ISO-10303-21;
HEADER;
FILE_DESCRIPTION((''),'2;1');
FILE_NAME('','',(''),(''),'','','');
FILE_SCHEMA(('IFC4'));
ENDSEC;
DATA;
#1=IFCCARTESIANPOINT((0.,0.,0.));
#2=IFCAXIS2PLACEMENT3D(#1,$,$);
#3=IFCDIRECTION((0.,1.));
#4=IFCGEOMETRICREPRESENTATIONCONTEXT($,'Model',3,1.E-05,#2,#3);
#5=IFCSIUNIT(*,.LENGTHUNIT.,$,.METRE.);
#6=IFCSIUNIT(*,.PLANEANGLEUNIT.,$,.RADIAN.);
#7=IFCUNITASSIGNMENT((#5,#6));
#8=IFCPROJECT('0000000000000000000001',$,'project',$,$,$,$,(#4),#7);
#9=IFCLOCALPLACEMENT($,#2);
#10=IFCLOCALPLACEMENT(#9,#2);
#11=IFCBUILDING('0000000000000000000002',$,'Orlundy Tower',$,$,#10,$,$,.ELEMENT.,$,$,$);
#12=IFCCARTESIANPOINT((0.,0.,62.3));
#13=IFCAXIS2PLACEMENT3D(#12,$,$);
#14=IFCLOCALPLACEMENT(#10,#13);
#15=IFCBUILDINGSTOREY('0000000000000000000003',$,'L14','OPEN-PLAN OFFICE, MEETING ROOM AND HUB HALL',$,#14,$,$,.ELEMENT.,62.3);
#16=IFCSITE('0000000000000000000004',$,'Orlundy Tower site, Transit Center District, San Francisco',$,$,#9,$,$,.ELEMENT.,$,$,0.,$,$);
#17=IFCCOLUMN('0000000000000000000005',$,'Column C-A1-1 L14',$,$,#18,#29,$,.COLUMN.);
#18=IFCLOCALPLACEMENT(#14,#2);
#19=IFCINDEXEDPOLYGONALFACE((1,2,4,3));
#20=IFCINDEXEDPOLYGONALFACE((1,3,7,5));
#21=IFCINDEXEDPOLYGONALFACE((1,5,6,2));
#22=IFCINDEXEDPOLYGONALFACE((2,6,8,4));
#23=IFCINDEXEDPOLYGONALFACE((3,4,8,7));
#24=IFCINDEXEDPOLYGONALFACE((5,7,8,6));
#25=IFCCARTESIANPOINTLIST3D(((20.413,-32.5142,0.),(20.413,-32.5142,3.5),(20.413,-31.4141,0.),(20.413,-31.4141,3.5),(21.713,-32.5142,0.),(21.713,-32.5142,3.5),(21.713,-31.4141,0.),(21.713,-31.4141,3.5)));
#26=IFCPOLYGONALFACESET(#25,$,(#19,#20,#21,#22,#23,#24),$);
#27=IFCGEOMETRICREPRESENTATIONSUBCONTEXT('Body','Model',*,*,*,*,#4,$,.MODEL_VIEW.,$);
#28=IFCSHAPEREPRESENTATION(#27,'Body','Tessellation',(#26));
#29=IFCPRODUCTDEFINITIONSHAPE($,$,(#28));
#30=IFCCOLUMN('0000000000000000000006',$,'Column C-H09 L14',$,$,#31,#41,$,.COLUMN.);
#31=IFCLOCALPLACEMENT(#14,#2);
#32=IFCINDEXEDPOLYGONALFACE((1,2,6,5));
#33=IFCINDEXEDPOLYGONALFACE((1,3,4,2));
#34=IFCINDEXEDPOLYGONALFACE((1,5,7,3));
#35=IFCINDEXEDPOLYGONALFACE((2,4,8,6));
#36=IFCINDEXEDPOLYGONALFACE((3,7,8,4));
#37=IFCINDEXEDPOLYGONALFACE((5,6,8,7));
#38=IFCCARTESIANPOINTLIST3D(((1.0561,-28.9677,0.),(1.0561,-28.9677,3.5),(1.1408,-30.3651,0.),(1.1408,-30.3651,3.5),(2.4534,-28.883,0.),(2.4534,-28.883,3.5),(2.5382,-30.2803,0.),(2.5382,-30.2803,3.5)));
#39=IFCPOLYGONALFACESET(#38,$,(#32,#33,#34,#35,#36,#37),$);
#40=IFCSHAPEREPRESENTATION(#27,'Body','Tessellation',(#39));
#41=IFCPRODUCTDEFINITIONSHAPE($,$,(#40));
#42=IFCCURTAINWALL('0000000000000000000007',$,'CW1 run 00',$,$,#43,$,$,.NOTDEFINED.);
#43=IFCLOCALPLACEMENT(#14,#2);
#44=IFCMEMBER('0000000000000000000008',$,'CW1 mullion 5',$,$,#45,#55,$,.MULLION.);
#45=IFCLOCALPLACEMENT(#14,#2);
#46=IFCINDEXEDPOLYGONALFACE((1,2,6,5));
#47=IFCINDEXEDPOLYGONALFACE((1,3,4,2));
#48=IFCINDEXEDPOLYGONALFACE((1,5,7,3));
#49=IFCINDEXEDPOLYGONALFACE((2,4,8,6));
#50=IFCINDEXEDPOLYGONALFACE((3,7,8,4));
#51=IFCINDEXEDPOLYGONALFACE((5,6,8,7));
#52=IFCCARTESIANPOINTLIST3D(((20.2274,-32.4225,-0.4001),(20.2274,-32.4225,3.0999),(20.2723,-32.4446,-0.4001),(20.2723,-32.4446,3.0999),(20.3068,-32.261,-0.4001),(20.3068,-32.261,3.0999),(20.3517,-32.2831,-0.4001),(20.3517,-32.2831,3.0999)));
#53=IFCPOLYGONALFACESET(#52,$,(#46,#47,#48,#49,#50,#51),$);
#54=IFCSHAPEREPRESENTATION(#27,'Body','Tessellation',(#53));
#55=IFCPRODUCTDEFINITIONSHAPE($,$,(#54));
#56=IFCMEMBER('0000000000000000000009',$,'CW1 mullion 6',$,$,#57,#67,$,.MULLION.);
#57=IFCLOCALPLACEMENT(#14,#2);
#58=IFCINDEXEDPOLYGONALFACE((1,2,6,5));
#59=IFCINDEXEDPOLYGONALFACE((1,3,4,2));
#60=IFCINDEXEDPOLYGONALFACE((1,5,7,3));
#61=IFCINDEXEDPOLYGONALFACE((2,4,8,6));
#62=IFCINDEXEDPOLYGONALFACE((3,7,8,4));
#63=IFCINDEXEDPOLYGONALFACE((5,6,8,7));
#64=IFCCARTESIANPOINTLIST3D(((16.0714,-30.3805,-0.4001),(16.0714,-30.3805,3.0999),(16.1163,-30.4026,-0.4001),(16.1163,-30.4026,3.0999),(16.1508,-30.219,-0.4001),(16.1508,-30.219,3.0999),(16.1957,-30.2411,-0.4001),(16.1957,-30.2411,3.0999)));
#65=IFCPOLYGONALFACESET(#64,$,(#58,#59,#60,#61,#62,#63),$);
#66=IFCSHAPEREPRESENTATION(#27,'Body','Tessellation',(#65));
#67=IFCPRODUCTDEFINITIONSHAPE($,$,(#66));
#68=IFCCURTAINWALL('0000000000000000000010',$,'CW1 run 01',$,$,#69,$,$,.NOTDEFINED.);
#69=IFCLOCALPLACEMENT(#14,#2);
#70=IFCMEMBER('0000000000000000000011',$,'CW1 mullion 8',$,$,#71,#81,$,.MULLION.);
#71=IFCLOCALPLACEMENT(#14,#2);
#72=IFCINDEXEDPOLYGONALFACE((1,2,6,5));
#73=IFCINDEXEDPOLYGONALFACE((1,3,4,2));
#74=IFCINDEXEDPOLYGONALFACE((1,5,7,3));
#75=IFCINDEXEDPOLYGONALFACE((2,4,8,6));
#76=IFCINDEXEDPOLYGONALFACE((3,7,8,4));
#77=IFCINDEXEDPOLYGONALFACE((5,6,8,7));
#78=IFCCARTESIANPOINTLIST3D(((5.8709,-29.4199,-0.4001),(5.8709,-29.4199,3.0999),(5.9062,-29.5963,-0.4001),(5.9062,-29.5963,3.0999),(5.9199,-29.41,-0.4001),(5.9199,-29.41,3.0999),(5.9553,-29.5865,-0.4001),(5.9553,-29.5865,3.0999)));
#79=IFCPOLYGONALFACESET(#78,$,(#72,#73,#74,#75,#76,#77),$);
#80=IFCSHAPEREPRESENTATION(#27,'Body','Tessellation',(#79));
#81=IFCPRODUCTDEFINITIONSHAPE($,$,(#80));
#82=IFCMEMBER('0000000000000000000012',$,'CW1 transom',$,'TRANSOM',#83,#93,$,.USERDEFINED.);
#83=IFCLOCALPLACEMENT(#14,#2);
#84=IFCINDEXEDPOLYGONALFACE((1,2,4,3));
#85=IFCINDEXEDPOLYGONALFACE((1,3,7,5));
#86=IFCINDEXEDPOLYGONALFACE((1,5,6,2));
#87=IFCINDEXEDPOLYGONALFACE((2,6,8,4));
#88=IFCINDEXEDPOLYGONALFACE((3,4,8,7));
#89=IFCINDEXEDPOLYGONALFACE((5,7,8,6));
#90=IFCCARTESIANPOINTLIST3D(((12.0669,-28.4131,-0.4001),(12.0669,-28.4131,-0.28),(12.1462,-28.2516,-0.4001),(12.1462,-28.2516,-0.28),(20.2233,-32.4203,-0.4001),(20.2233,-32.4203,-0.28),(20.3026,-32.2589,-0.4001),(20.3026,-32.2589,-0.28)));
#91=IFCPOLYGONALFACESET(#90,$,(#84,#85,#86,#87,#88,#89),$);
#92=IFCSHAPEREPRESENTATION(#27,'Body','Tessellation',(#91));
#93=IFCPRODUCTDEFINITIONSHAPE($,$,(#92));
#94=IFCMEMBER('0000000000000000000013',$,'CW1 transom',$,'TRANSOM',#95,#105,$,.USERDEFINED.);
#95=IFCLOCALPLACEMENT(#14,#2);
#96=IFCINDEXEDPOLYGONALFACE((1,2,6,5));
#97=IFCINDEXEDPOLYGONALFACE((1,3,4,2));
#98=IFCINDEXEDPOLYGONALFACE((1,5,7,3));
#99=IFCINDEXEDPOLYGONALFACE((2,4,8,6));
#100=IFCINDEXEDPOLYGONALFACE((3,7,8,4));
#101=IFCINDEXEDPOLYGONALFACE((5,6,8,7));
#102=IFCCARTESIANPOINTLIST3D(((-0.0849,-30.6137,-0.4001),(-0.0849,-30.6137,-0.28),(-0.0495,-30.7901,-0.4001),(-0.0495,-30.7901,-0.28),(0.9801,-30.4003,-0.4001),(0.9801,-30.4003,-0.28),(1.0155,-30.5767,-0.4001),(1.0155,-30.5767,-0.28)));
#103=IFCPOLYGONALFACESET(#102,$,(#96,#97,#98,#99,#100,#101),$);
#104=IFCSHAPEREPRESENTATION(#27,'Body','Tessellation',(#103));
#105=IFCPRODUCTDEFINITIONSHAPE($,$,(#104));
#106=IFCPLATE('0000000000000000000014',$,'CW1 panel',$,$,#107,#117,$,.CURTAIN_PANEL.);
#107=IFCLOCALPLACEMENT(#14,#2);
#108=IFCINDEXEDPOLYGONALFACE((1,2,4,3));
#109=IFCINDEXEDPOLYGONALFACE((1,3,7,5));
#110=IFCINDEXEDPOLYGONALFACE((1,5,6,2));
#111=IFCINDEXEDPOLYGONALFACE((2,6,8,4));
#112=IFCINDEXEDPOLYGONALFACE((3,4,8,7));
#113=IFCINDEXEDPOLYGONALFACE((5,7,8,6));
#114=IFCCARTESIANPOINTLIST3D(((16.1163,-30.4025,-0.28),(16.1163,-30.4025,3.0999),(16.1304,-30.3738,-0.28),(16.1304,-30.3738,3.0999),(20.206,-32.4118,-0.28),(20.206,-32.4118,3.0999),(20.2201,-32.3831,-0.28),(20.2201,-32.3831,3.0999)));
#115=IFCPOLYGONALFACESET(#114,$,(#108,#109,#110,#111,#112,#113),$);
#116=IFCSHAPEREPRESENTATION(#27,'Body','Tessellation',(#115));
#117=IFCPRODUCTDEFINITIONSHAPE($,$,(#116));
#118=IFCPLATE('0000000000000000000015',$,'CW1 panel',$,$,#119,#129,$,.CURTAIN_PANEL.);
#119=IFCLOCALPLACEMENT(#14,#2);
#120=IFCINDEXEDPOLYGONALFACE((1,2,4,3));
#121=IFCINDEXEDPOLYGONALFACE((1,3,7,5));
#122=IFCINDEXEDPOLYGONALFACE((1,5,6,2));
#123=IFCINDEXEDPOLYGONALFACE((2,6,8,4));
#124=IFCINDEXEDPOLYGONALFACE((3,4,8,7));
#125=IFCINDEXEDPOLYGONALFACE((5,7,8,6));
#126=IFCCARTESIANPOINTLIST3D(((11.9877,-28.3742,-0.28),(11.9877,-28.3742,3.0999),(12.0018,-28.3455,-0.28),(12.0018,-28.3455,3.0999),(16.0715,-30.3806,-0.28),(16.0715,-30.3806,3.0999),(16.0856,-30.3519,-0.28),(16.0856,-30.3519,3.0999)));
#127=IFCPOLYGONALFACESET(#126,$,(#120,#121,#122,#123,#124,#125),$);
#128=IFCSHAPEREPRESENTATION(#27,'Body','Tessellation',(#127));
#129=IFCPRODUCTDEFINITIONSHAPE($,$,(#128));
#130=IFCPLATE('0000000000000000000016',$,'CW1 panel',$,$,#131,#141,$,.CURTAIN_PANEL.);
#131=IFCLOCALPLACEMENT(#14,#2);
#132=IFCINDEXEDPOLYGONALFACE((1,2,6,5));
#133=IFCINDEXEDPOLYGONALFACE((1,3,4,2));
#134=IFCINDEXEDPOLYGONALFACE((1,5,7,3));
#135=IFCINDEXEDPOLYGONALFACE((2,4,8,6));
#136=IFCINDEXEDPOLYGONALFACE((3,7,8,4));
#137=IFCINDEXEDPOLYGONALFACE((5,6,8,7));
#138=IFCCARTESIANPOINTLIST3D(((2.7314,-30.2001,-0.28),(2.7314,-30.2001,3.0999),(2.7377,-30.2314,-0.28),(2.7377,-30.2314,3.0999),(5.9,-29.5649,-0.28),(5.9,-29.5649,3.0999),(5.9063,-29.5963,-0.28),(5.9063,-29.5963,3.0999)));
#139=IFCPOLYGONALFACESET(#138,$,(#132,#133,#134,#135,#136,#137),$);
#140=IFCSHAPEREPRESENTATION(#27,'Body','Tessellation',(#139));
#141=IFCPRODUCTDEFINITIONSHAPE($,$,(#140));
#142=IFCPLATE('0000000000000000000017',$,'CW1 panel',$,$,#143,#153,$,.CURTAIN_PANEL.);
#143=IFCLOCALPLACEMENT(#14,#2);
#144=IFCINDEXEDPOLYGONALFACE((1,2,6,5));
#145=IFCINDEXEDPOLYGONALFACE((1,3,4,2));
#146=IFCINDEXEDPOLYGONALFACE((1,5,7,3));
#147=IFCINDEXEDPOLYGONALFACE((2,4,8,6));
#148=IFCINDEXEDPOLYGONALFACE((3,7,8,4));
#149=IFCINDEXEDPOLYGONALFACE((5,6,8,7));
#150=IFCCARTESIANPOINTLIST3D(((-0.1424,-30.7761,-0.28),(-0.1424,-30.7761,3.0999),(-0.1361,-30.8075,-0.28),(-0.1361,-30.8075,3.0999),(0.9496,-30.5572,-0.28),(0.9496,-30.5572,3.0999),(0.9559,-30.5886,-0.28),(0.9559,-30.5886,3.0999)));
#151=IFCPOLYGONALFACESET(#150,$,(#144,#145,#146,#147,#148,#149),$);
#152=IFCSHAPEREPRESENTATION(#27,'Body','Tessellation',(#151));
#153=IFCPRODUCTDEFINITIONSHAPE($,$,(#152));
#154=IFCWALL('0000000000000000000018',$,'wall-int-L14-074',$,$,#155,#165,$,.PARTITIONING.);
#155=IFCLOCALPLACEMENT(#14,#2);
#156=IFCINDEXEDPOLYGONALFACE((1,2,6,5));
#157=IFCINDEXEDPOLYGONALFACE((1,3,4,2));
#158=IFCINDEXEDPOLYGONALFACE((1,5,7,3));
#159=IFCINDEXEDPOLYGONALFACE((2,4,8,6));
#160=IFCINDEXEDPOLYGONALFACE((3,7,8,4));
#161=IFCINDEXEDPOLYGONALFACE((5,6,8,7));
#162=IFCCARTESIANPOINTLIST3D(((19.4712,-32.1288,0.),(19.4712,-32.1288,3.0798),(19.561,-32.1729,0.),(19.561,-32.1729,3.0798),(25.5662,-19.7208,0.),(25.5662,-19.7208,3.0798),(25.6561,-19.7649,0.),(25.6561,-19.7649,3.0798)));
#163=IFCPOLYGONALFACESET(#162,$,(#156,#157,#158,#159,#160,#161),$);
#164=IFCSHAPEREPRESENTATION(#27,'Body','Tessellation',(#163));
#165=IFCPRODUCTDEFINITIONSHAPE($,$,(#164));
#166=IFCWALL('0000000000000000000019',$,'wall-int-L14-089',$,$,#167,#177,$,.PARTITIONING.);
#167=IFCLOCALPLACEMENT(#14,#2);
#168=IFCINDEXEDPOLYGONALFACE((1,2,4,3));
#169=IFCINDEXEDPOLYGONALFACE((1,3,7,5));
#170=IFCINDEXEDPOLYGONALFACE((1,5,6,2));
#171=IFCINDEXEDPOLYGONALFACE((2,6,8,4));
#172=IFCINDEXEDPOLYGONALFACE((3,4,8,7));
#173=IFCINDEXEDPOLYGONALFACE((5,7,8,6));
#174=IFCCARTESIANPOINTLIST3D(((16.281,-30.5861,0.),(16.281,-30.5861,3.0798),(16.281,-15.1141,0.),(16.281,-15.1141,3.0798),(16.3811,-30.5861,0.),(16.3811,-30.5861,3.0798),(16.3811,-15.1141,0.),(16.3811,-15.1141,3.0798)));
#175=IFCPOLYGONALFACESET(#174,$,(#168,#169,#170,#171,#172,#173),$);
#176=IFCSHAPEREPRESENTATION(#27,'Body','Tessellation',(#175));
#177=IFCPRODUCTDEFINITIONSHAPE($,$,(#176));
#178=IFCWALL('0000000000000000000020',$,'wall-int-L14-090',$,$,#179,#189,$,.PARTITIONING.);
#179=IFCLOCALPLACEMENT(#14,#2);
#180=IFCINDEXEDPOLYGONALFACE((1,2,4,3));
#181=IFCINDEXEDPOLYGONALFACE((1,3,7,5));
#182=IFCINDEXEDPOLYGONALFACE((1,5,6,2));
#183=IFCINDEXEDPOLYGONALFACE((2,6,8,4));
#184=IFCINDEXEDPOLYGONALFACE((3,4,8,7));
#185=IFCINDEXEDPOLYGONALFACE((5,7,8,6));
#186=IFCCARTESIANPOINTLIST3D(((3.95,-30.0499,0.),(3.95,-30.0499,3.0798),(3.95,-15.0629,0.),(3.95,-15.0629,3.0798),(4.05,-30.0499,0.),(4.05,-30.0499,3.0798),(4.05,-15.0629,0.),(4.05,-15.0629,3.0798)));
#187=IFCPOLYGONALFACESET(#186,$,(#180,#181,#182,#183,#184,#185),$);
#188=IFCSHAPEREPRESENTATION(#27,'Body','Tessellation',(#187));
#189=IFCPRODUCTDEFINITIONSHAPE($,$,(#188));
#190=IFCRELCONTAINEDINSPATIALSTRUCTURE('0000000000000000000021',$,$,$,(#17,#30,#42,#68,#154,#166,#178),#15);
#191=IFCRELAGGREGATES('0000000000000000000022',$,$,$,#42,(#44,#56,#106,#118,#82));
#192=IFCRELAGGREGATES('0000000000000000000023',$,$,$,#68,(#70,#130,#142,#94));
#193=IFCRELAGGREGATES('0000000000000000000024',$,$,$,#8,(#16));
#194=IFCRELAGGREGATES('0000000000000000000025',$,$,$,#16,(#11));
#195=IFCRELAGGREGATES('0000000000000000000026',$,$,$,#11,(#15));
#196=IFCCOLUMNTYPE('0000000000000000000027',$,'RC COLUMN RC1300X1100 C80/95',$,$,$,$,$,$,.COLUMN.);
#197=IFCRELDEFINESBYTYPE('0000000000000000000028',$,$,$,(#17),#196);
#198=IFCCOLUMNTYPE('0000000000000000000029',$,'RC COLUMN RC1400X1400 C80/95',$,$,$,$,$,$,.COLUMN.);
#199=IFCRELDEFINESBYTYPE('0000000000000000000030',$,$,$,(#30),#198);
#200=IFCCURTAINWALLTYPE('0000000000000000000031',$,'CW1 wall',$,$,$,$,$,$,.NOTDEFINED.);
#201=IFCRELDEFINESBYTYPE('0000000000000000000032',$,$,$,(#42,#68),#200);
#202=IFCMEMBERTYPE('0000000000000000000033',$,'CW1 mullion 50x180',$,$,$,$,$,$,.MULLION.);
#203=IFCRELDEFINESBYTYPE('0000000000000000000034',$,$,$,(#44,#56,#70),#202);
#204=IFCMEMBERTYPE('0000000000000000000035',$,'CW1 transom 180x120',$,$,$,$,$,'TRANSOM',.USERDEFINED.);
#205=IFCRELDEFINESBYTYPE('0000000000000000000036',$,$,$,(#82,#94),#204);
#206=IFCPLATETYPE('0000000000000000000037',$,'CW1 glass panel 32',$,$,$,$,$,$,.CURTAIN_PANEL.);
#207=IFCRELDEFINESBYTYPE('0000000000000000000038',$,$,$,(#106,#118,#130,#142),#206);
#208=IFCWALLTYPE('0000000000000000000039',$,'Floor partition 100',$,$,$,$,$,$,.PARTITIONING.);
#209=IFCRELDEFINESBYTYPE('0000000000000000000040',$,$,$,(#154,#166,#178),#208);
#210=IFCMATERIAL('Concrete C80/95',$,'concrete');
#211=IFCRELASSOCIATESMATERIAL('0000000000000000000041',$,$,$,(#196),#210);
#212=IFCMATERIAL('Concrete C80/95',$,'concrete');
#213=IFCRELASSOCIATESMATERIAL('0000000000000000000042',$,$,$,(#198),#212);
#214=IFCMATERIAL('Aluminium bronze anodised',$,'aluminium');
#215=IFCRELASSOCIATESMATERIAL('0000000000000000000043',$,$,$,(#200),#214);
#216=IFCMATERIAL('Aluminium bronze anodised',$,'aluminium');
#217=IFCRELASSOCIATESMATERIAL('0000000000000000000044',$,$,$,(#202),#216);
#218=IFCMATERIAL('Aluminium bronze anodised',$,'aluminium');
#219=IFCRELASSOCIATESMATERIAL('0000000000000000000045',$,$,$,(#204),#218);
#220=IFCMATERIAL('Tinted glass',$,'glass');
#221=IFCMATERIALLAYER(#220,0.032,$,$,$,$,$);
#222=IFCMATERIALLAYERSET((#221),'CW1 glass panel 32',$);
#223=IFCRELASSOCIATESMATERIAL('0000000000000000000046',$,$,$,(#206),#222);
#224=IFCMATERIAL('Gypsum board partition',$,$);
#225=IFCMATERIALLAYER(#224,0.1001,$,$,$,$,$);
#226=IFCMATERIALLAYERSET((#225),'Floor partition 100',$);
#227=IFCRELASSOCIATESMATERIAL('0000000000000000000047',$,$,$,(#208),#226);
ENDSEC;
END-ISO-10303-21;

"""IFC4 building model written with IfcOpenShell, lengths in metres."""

from ifc_helpers import new_model, si_unit, direction, frame, frame_2d, origin, origin_2d, place, context, subcontext, project, spatial, rectangle, extrude, material, layer, layer_set, material_profile, profile_set, type_object, element, aggregate, save


model = new_model("IFC4")

# Units and contexts
model_context = context("Model", 3, precision=1e-05, world=origin(), true_north=direction((0.0, 1.0)))
body_context = subcontext(model_context, "Body", "Model", "MODEL_VIEW")
ifc_project = project(units=[si_unit("LENGTHUNIT", "METRE"), si_unit("PLANEANGLEUNIT", "RADIAN")], contexts=[model_context])

# Site, building, storey
site_placement = place(None, origin())
site = spatial("IfcSite", under=ifc_project, at=site_placement, Name="Orlundy Tower site, Transit Center District, San Francisco", CompositionType="ELEMENT", RefElevation=0.0)
building_placement = place(site_placement, origin())
building = spatial("IfcBuilding", under=site, at=building_placement, Name="Orlundy Tower", CompositionType="ELEMENT")
storey_placement = place(building_placement, frame((0.0, 0.0, 62.3)))
storey = spatial("IfcBuildingStorey", under=building, at=storey_placement, Name="L14", Description="OPEN-PLAN OFFICE, MEETING ROOM AND HUB HALL", CompositionType="ELEMENT", Elevation=62.3)

# Columns
ifc_material_1 = material(Name="Concrete C80/95", Category="concrete")
ifc_material_profile_1 = material_profile(ifc_material_1, rectangle(XDim=1.3, YDim=1.1001, at=origin_2d()), Name="RC1300X1100")
ifc_profile_set_1 = profile_set([ifc_material_profile_1], Name="Concrete C80/95")
column_type_1 = type_object("IfcColumnType", Name="RC COLUMN RC1300X1100 C80/95", PredefinedType="COLUMN", material=ifc_profile_set_1)
column_1_placement = place(storey_placement, frame((21.063, -31.9641, 0.0), z_axis=(0.0, 0.0, 1.0), x_axis=(1.0, 0.0, 0.0)))
element("IfcColumn", 1, at=column_1_placement, inside=storey, type_object=column_type_1, Name="Column C-A1-1 L14", PredefinedType="COLUMN", context=body_context, shape_type="SweptSolid", body=[
    extrude(rectangle(XDim=1.3, YDim=1.1001, at=origin_2d()), origin(), (0.0, 0.0, 1.0), 3.5),
])
ifc_material_2 = material(Name="Concrete C80/95", Category="concrete")
ifc_material_profile_2 = material_profile(ifc_material_2, rectangle(XDim=1.3999, YDim=1.3999, at=origin_2d()), Name="RC1400X1400")
ifc_profile_set_2 = profile_set([ifc_material_profile_2], Name="Concrete C80/95")
column_type_2 = type_object("IfcColumnType", Name="RC COLUMN RC1400X1400 C80/95", PredefinedType="COLUMN", material=ifc_profile_set_2)
column_2_placement = place(storey_placement, frame((1.7971, -29.624, 0.0), z_axis=(0.0, 0.0, 1.0), x_axis=(0.060543, -0.998166, 0.0)))
element("IfcColumn", 2, at=column_2_placement, inside=storey, type_object=column_type_2, Name="Column C-H09 L14", PredefinedType="COLUMN", context=body_context, shape_type="SweptSolid", body=[
    extrude(rectangle(XDim=1.3999, YDim=1.3999, at=origin_2d()), origin(), (0.0, 0.0, 1.0), 3.5),
])

# Curtain wall, members
ifc_material_3 = material(Name="Aluminium bronze anodised", Category="aluminium")
curtain_wall_type = type_object("IfcCurtainWallType", Name="CW1 wall", PredefinedType="NOTDEFINED", material=ifc_material_3)
curtain_wall_1_placement = place(storey_placement, origin())
curtain_wall_1 = element("IfcCurtainWall", 3, at=curtain_wall_1_placement, inside=storey, type_object=curtain_wall_type, Name="CW1 run 00", PredefinedType="NOTDEFINED")
ifc_material_4 = material(Name="Aluminium bronze anodised", Category="aluminium")
ifc_material_profile_3 = material_profile(ifc_material_4, rectangle(XDim=0.1799, YDim=0.05, at=origin_2d()), Name="CW1 mullion 50x180")
ifc_profile_set_3 = profile_set([ifc_material_profile_3], Name="Aluminium bronze anodised")
member_type_1 = type_object("IfcMemberType", Name="CW1 mullion 50x180", PredefinedType="MULLION", material=ifc_profile_set_3)
member_1_placement = place(storey_placement, frame((20.2896, -32.3528, -0.4001), z_axis=(0.0, 0.0, 1.0), x_axis=(-0.440969, -0.897522, 0.0)))
member_1 = element("IfcMember", 4, at=member_1_placement, type_object=member_type_1, Name="CW1 mullion 5", PredefinedType="MULLION", context=body_context, shape_type="SweptSolid", body=[
    extrude(rectangle(XDim=0.1799, YDim=0.05, at=origin_2d()), origin(), (0.0, 0.0, 1.0), 3.5),
])
member_2_placement = place(storey_placement, frame((16.1335, -30.3108, -0.4001), z_axis=(0.0, 0.0, 1.0), x_axis=(-0.440969, -0.897522, 0.0)))
member_2 = element("IfcMember", 5, at=member_2_placement, type_object=member_type_1, Name="CW1 mullion 6", PredefinedType="MULLION", context=body_context, shape_type="SweptSolid", body=[
    extrude(rectangle(XDim=0.1799, YDim=0.05, at=origin_2d()), origin(), (0.0, 0.0, 1.0), 3.5),
])

# Curtain wall, member
curtain_wall_2_placement = place(storey_placement, origin())
curtain_wall_2 = element("IfcCurtainWall", 6, at=curtain_wall_2_placement, inside=storey, type_object=curtain_wall_type, Name="CW1 run 01", PredefinedType="NOTDEFINED")
member_3_placement = place(storey_placement, frame((5.9131, -29.5032, -0.4001), z_axis=(0.0, 0.0, 1.0), x_axis=(0.196532, -0.980497, 0.0)))
member_3 = element("IfcMember", 7, at=member_3_placement, type_object=member_type_1, Name="CW1 mullion 8", PredefinedType="MULLION", context=body_context, shape_type="SweptSolid", body=[
    extrude(rectangle(XDim=0.1799, YDim=0.05, at=origin_2d()), origin(), (0.0, 0.0, 1.0), 3.5),
])

# Members
ifc_material_5 = material(Name="Aluminium bronze anodised", Category="aluminium")
ifc_material_profile_4 = material_profile(ifc_material_5, rectangle(XDim=0.1799, YDim=0.1201, at=origin_2d()), Name="CW1 transom 180x120")
ifc_profile_set_4 = profile_set([ifc_material_profile_4], Name="Aluminium bronze anodised")
member_type_2 = type_object("IfcMemberType", Name="CW1 transom 180x120", ElementType="TRANSOM", PredefinedType="USERDEFINED", material=ifc_profile_set_4)
member_4_placement = place(storey_placement, frame((20.2629, -32.3396, -0.3401), z_axis=(-0.897527, 0.440959, 0.0), x_axis=(-0.440959, -0.897527, 0.0)))
member_4 = element("IfcMember", 8, at=member_4_placement, type_object=member_type_2, Name="CW1 transom", ObjectType="TRANSOM", PredefinedType="USERDEFINED", context=body_context, shape_type="SweptSolid", body=[
    extrude(rectangle(XDim=0.1799, YDim=0.1201, at=origin_2d()), origin(), (0.0, 0.0, 1.0), 9.0876),
])
member_5_placement = place(storey_placement, frame((0.9978, -30.4885, -0.3401), z_axis=(-0.980511, -0.196462, 0.0), x_axis=(0.196462, -0.980511, 0.0)))
member_5 = element("IfcMember", 9, at=member_5_placement, type_object=member_type_2, Name="CW1 transom", ObjectType="TRANSOM", PredefinedType="USERDEFINED", context=body_context, shape_type="SweptSolid", body=[
    extrude(rectangle(XDim=0.1799, YDim=0.1201, at=origin_2d()), origin(), (0.0, 0.0, 1.0), 1.0862),
])

# Plates
ifc_material_6 = material(Name="Tinted glass", Category="glass")
ifc_layer_1 = layer(ifc_material_6, 0.032)
ifc_layer_set_1 = layer_set([ifc_layer_1], Name="CW1 glass panel 32")
plate_type = type_object("IfcPlateType", Name="CW1 glass panel 32", PredefinedType="CURTAIN_PANEL", material=ifc_layer_set_1)
plate_1_placement = place(storey_placement, frame((18.1682, -31.3928, -0.28), z_axis=(0.0, 0.0, 1.0), x_axis=(-0.897522, 0.440969, 0.0)))
plate_1 = element("IfcPlate", 10, at=plate_1_placement, type_object=plate_type, Name="CW1 panel", PredefinedType="CURTAIN_PANEL", context=body_context, shape_type="SweptSolid", body=[
    extrude(rectangle(XDim=4.5566, YDim=0.032, at=origin_2d()), origin(), (0.0, 0.0, 1.0), 3.3799),
])
plate_2_placement = place(storey_placement, frame((14.0366, -29.363, -0.28), z_axis=(0.0, 0.0, 1.0), x_axis=(-0.897522, 0.440969, 0.0)))
plate_2 = element("IfcPlate", 11, at=plate_2_placement, type_object=plate_type, Name="CW1 panel", PredefinedType="CURTAIN_PANEL", context=body_context, shape_type="SweptSolid", body=[
    extrude(rectangle(XDim=4.55, YDim=0.032, at=origin_2d()), origin(), (0.0, 0.0, 1.0), 3.3799),
])
aggregate(curtain_wall_1, [member_1, member_2, plate_1, plate_2, member_4])
plate_3_placement = place(storey_placement, frame((4.3188, -29.8982, -0.28), z_axis=(0.0, 0.0, 1.0), x_axis=(-0.980497, -0.196532, 0.0)))
plate_3 = element("IfcPlate", 12, at=plate_3_placement, type_object=plate_type, Name="CW1 panel", PredefinedType="CURTAIN_PANEL", context=body_context, shape_type="SweptSolid", body=[
    extrude(rectangle(XDim=3.2317, YDim=0.032, at=origin_2d()), origin(), (0.0, 0.0, 1.0), 3.3799),
])
plate_4_placement = place(storey_placement, frame((0.4067, -30.6824, -0.28), z_axis=(0.0, 0.0, 1.0), x_axis=(-0.980497, -0.196532, 0.0)))
plate_4 = element("IfcPlate", 13, at=plate_4_placement, type_object=plate_type, Name="CW1 panel", PredefinedType="CURTAIN_PANEL", context=body_context, shape_type="SweptSolid", body=[
    extrude(rectangle(XDim=1.1138, YDim=0.032, at=origin_2d()), origin(), (0.0, 0.0, 1.0), 3.3799),
])
aggregate(curtain_wall_2, [member_3, plate_3, plate_4, member_5])

# Walls
ifc_material_7 = material(Name="Gypsum board partition")
ifc_layer_2 = layer(ifc_material_7, 0.1001)
ifc_layer_set_2 = layer_set([ifc_layer_2], Name="Floor partition 100")
wall_type = type_object("IfcWallType", Name="Floor partition 100", PredefinedType="PARTITIONING", material=ifc_layer_set_2)
wall_1_placement = place(storey_placement, frame((19.5161, -32.1509, 0.0), z_axis=(0.0, 0.0, 1.0), x_axis=(0.440894, 0.897559, 0.0)))
element("IfcWall", 14, at=wall_1_placement, inside=storey, type_object=wall_type, Name="wall-int-L14-074", PredefinedType="PARTITIONING", context=body_context, shape_type="SweptSolid", body=[
    extrude(rectangle(XDim=13.8242, YDim=0.1001, at=frame_2d((6.9121, 0.0))), origin(), (0.0, 0.0, 1.0), 3.0798),
])
wall_2_placement = place(storey_placement, frame((16.3311, -30.5859, 0.0), z_axis=(0.0, 0.0, 1.0), x_axis=(0.0, 1.0, 0.0)))
element("IfcWall", 15, at=wall_2_placement, inside=storey, type_object=wall_type, Name="wall-int-L14-089", PredefinedType="PARTITIONING", context=body_context, shape_type="SweptSolid", body=[
    extrude(rectangle(XDim=15.4719, YDim=0.1001, at=frame_2d((7.7358, 0.0))), origin(), (0.0, 0.0, 1.0), 3.0798),
])
wall_3_placement = place(storey_placement, frame((4.0, -30.05, 0.0), z_axis=(0.0, 0.0, 1.0), x_axis=(0.0, 1.0, 0.0)))
element("IfcWall", 16, at=wall_3_placement, inside=storey, type_object=wall_type, Name="wall-int-L14-090", PredefinedType="PARTITIONING", context=body_context, shape_type="SweptSolid", body=[
    extrude(rectangle(XDim=14.9871, YDim=0.1001, at=frame_2d((7.4937, 0.0))), origin(), (0.0, 0.0, 1.0), 3.0798),
])

save(model, "model.ifc")
